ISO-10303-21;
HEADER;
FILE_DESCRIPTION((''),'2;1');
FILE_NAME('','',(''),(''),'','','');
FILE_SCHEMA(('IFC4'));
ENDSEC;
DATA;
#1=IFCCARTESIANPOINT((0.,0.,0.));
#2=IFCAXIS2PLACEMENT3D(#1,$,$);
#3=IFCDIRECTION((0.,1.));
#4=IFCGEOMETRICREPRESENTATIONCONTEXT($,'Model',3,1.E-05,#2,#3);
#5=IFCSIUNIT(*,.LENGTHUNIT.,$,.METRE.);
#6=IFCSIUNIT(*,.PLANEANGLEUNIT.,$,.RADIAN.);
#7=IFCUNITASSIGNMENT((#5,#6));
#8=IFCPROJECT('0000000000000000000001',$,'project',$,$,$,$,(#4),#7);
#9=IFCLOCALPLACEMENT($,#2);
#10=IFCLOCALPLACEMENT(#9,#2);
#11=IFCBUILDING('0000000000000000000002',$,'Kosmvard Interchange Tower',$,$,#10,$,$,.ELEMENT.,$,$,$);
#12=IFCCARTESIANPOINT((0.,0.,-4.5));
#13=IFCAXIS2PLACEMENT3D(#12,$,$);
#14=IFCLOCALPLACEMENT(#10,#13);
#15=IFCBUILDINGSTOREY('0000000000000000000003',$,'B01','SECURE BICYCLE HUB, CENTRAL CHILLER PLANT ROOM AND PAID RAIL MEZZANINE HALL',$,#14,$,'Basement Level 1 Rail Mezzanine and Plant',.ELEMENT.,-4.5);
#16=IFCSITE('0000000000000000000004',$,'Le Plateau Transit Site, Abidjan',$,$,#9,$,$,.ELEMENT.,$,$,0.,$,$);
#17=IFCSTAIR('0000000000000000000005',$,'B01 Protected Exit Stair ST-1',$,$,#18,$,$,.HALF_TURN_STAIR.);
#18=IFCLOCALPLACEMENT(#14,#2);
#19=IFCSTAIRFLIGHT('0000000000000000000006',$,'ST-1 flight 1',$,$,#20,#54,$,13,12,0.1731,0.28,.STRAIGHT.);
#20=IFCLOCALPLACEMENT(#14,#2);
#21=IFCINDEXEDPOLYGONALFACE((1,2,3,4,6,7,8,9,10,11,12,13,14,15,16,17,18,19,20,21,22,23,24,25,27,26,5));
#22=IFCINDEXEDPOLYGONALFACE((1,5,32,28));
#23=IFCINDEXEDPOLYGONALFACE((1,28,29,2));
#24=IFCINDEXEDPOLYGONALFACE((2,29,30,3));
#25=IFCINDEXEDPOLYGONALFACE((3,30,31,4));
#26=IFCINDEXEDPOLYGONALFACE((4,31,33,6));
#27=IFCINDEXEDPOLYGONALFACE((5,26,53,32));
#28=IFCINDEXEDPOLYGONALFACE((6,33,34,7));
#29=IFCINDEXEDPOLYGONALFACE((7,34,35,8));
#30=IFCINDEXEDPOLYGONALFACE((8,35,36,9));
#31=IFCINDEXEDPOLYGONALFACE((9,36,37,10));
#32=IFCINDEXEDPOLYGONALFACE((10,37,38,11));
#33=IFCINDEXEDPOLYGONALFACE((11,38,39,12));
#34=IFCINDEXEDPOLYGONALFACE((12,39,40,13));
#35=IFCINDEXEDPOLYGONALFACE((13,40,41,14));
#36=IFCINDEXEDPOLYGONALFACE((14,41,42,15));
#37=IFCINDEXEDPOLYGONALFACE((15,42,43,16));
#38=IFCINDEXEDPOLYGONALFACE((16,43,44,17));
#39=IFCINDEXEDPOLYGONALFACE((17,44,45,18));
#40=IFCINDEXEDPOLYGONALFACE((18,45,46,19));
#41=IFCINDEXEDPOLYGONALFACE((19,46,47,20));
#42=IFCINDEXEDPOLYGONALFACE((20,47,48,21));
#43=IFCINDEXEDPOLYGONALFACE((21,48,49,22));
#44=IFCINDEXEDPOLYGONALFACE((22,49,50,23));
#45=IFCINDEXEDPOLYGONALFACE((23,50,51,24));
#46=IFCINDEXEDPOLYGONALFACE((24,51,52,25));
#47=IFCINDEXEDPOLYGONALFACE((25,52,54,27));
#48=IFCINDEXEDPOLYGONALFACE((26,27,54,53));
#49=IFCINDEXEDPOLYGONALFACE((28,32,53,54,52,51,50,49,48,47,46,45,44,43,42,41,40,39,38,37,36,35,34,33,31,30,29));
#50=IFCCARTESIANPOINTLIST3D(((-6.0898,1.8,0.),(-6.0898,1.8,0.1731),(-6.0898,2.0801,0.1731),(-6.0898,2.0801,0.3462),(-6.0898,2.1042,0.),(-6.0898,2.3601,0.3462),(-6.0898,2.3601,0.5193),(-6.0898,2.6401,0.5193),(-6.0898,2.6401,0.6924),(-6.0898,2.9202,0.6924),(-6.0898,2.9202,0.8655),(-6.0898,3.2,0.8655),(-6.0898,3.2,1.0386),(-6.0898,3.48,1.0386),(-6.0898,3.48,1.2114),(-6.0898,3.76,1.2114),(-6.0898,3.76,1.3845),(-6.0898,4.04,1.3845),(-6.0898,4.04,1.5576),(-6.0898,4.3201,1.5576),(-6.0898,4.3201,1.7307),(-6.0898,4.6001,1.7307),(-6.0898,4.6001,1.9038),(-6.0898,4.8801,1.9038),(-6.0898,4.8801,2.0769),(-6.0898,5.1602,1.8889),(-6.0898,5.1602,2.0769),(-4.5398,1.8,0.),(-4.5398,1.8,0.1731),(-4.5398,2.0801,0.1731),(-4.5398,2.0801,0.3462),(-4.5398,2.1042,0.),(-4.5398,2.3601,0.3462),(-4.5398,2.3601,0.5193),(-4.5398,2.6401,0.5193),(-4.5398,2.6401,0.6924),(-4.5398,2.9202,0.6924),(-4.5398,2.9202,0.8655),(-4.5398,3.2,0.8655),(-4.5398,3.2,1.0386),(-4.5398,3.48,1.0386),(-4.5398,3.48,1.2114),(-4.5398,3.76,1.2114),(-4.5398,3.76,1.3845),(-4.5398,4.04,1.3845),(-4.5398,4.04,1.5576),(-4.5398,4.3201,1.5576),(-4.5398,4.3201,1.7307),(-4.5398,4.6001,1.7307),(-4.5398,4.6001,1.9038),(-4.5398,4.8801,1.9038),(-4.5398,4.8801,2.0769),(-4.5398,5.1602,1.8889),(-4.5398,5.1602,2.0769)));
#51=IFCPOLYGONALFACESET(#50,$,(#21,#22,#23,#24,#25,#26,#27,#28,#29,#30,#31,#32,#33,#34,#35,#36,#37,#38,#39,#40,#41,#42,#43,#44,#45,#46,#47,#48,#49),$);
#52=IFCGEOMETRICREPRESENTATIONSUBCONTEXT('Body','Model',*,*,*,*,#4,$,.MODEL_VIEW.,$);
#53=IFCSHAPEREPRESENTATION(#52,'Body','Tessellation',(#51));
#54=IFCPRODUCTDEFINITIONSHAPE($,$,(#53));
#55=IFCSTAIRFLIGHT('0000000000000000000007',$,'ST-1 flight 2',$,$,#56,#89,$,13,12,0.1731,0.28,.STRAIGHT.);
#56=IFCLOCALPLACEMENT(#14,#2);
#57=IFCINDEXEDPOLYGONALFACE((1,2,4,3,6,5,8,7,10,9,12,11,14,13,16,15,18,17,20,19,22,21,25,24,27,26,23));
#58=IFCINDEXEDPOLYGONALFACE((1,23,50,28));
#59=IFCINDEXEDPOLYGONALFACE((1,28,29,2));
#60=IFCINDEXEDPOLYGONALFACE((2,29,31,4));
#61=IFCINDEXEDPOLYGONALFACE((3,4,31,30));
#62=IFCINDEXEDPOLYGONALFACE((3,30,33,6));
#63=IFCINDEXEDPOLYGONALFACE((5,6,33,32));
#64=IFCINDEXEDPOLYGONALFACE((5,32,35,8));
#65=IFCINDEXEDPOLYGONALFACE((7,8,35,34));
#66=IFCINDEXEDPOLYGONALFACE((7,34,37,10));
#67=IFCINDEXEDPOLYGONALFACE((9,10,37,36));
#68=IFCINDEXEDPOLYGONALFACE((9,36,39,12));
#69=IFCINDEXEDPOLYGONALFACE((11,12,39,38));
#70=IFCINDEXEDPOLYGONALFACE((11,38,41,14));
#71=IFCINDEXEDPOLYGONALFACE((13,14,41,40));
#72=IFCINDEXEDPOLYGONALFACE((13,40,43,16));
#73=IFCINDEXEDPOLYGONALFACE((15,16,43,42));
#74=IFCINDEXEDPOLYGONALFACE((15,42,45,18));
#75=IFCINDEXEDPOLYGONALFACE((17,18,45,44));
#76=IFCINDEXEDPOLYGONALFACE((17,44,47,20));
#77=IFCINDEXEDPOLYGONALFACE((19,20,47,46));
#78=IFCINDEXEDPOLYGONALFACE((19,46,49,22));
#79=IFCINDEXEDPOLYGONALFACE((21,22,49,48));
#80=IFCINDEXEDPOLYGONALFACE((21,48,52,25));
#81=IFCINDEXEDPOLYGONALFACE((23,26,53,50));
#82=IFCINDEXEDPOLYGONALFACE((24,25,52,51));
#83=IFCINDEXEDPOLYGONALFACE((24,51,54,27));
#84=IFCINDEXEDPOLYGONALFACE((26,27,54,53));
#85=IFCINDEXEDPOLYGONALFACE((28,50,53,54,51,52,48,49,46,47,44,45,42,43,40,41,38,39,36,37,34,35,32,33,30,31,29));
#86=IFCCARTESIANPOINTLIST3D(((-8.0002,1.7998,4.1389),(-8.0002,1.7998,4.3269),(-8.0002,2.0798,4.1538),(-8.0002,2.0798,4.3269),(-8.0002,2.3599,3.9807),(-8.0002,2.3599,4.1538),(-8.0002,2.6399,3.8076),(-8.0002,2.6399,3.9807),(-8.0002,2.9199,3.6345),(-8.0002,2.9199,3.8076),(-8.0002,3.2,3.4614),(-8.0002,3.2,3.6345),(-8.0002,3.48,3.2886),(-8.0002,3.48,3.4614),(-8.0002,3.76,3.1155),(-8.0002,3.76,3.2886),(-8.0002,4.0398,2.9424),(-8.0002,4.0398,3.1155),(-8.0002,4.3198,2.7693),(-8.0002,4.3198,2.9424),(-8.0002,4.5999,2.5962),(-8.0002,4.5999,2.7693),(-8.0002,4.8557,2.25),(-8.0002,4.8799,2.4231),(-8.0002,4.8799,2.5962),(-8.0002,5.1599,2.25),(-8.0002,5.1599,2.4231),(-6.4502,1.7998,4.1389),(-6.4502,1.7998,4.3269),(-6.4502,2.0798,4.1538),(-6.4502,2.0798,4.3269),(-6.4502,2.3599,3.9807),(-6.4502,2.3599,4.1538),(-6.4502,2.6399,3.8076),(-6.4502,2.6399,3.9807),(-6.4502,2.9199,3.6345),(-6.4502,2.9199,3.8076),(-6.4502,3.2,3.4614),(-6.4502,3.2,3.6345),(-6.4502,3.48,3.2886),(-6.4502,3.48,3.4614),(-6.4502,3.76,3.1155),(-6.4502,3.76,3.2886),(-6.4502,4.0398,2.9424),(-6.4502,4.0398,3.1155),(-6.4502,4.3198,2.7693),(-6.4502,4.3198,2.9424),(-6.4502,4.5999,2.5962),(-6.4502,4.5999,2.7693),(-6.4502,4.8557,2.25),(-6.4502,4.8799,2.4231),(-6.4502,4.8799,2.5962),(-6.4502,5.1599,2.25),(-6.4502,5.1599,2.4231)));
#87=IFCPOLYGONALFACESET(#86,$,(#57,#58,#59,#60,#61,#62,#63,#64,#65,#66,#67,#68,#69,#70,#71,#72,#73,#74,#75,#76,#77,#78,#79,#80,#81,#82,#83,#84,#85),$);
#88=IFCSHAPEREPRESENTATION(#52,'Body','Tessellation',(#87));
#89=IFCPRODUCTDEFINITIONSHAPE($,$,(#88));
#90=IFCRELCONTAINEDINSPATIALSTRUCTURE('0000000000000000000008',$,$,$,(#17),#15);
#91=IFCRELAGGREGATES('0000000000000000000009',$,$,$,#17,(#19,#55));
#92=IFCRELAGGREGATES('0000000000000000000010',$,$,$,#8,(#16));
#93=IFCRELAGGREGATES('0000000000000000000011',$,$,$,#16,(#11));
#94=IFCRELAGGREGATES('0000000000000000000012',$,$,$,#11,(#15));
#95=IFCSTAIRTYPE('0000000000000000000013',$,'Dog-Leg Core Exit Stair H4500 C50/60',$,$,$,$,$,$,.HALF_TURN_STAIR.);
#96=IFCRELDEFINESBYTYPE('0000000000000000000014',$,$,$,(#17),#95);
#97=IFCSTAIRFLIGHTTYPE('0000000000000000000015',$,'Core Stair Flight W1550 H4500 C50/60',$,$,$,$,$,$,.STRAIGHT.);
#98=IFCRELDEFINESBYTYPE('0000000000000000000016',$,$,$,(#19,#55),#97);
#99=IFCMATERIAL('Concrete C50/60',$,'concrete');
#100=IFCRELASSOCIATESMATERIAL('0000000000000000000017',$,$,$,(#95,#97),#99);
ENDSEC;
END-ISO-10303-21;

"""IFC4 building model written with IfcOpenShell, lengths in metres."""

from ifc_helpers import new_model, si_unit, direction, frame, origin, place, context, subcontext, project, spatial, polyline, outline, extrude, source, transform, mapped, material, type_object, element, aggregate, save


model = new_model("IFC4")

# Units and contexts
model_context = context("Model", 3, precision=1e-05, world=origin(), true_north=direction((0.0, 1.0)))
body_context = subcontext(model_context, "Body", "Model", "MODEL_VIEW")
ifc_project = project(units=[si_unit("LENGTHUNIT", "METRE"), si_unit("PLANEANGLEUNIT", "RADIAN")], contexts=[model_context])

# Site, building, storey
site_placement = place(None, origin())
site = spatial("IfcSite", under=ifc_project, at=site_placement, Name="Le Plateau Transit Site, Abidjan", CompositionType="ELEMENT", RefElevation=0.0)
building_placement = place(site_placement, origin())
building = spatial("IfcBuilding", under=site, at=building_placement, Name="Kosmvard Interchange Tower", CompositionType="ELEMENT")
storey_placement = place(building_placement, frame((0.0, 0.0, -4.5)))
storey = spatial("IfcBuildingStorey", under=building, at=storey_placement, Name="B01", Description="SECURE BICYCLE HUB, CENTRAL CHILLER PLANT ROOM AND PAID RAIL MEZZANINE HALL", LongName="Basement Level 1 Rail Mezzanine and Plant", CompositionType="ELEMENT", Elevation=-4.5)

# Stair, stair flights
ifc_material_1 = material(Name="Concrete C50/60", Category="concrete")
stair_type = type_object("IfcStairType", Name="Dog-Leg Core Exit Stair H4500 C50/60", PredefinedType="HALF_TURN_STAIR", material=ifc_material_1)
stair_placement = place(storey_placement, origin())
stair = element("IfcStair", 1, at=stair_placement, inside=storey, type_object=stair_type, Name="B01 Protected Exit Stair ST-1", PredefinedType="HALF_TURN_STAIR")
stair_flight_type = type_object("IfcStairFlightType", Name="Core Stair Flight W1550 H4500 C50/60", PredefinedType="STRAIGHT", material=ifc_material_1)
shared_shape_1 = source(origin(), body_context, "Body", "SweptSolid", [
    extrude(outline(polyline([(0.0, 0.0), (0.0, 0.1731), (0.28, 0.1731), (0.28, 0.3462), (0.5601, 0.3462), (0.5601, 0.5193), (0.8401, 0.5193), (0.8401, 0.6924), (1.1201, 0.6924), (1.1201, 0.8655), (1.3999, 0.8655), (1.3999, 1.0386), (1.6799, 1.0386), (1.6799, 1.2114), (1.96, 1.2114), (1.96, 1.3845), (2.24, 1.3845), (2.24, 1.5576), (2.52, 1.5576), (2.52, 1.7307), (2.8, 1.7307), (2.8, 1.9038), (3.0801, 1.9038), (3.0801, 2.0769), (3.3601, 2.0769), (3.3601, 2.25), (3.3601, 1.8889), (0.3042, 0.0), (0.0, 0.0)])), frame((0.0, 0.7749, 0.0), z_axis=(0.0, -1.0, 0.0), x_axis=(1.0, 0.0, 0.0)), (0.0, 0.0, 1.0), 1.55),
])
stair_flight_1_placement = place(storey_placement, frame((-5.3149, 1.8, 0.0), z_axis=(0.0, 0.0, 1.0), x_axis=(0.0, 1.0, 0.0)))
stair_flight_1 = element("IfcStairFlight", 2, at=stair_flight_1_placement, type_object=stair_flight_type, Name="ST-1 flight 1", NumberOfRisers=13, NumberOfTreads=12, PredefinedType="STRAIGHT", RiserHeight=0.1731, TreadLength=0.28, context=body_context, shape_type="MappedRepresentation", body=[
    mapped(shared_shape_1, transform((0.0, 0.0, 0.0), scale=1.0)),
])
stair_flight_2_placement = place(storey_placement, frame((-7.2251, 5.1599, 2.25), z_axis=(0.0, 0.0, 1.0), x_axis=(0.0, -1.0, 0.0)))
stair_flight_2 = element("IfcStairFlight", 3, at=stair_flight_2_placement, type_object=stair_flight_type, Name="ST-1 flight 2", NumberOfRisers=13, NumberOfTreads=12, PredefinedType="STRAIGHT", RiserHeight=0.1731, TreadLength=0.28, context=body_context, shape_type="MappedRepresentation", body=[
    mapped(shared_shape_1, transform((0.0, 0.0, 0.0), scale=1.0)),
])
aggregate(stair, [stair_flight_1, stair_flight_2])

save(model, "model.ifc")
